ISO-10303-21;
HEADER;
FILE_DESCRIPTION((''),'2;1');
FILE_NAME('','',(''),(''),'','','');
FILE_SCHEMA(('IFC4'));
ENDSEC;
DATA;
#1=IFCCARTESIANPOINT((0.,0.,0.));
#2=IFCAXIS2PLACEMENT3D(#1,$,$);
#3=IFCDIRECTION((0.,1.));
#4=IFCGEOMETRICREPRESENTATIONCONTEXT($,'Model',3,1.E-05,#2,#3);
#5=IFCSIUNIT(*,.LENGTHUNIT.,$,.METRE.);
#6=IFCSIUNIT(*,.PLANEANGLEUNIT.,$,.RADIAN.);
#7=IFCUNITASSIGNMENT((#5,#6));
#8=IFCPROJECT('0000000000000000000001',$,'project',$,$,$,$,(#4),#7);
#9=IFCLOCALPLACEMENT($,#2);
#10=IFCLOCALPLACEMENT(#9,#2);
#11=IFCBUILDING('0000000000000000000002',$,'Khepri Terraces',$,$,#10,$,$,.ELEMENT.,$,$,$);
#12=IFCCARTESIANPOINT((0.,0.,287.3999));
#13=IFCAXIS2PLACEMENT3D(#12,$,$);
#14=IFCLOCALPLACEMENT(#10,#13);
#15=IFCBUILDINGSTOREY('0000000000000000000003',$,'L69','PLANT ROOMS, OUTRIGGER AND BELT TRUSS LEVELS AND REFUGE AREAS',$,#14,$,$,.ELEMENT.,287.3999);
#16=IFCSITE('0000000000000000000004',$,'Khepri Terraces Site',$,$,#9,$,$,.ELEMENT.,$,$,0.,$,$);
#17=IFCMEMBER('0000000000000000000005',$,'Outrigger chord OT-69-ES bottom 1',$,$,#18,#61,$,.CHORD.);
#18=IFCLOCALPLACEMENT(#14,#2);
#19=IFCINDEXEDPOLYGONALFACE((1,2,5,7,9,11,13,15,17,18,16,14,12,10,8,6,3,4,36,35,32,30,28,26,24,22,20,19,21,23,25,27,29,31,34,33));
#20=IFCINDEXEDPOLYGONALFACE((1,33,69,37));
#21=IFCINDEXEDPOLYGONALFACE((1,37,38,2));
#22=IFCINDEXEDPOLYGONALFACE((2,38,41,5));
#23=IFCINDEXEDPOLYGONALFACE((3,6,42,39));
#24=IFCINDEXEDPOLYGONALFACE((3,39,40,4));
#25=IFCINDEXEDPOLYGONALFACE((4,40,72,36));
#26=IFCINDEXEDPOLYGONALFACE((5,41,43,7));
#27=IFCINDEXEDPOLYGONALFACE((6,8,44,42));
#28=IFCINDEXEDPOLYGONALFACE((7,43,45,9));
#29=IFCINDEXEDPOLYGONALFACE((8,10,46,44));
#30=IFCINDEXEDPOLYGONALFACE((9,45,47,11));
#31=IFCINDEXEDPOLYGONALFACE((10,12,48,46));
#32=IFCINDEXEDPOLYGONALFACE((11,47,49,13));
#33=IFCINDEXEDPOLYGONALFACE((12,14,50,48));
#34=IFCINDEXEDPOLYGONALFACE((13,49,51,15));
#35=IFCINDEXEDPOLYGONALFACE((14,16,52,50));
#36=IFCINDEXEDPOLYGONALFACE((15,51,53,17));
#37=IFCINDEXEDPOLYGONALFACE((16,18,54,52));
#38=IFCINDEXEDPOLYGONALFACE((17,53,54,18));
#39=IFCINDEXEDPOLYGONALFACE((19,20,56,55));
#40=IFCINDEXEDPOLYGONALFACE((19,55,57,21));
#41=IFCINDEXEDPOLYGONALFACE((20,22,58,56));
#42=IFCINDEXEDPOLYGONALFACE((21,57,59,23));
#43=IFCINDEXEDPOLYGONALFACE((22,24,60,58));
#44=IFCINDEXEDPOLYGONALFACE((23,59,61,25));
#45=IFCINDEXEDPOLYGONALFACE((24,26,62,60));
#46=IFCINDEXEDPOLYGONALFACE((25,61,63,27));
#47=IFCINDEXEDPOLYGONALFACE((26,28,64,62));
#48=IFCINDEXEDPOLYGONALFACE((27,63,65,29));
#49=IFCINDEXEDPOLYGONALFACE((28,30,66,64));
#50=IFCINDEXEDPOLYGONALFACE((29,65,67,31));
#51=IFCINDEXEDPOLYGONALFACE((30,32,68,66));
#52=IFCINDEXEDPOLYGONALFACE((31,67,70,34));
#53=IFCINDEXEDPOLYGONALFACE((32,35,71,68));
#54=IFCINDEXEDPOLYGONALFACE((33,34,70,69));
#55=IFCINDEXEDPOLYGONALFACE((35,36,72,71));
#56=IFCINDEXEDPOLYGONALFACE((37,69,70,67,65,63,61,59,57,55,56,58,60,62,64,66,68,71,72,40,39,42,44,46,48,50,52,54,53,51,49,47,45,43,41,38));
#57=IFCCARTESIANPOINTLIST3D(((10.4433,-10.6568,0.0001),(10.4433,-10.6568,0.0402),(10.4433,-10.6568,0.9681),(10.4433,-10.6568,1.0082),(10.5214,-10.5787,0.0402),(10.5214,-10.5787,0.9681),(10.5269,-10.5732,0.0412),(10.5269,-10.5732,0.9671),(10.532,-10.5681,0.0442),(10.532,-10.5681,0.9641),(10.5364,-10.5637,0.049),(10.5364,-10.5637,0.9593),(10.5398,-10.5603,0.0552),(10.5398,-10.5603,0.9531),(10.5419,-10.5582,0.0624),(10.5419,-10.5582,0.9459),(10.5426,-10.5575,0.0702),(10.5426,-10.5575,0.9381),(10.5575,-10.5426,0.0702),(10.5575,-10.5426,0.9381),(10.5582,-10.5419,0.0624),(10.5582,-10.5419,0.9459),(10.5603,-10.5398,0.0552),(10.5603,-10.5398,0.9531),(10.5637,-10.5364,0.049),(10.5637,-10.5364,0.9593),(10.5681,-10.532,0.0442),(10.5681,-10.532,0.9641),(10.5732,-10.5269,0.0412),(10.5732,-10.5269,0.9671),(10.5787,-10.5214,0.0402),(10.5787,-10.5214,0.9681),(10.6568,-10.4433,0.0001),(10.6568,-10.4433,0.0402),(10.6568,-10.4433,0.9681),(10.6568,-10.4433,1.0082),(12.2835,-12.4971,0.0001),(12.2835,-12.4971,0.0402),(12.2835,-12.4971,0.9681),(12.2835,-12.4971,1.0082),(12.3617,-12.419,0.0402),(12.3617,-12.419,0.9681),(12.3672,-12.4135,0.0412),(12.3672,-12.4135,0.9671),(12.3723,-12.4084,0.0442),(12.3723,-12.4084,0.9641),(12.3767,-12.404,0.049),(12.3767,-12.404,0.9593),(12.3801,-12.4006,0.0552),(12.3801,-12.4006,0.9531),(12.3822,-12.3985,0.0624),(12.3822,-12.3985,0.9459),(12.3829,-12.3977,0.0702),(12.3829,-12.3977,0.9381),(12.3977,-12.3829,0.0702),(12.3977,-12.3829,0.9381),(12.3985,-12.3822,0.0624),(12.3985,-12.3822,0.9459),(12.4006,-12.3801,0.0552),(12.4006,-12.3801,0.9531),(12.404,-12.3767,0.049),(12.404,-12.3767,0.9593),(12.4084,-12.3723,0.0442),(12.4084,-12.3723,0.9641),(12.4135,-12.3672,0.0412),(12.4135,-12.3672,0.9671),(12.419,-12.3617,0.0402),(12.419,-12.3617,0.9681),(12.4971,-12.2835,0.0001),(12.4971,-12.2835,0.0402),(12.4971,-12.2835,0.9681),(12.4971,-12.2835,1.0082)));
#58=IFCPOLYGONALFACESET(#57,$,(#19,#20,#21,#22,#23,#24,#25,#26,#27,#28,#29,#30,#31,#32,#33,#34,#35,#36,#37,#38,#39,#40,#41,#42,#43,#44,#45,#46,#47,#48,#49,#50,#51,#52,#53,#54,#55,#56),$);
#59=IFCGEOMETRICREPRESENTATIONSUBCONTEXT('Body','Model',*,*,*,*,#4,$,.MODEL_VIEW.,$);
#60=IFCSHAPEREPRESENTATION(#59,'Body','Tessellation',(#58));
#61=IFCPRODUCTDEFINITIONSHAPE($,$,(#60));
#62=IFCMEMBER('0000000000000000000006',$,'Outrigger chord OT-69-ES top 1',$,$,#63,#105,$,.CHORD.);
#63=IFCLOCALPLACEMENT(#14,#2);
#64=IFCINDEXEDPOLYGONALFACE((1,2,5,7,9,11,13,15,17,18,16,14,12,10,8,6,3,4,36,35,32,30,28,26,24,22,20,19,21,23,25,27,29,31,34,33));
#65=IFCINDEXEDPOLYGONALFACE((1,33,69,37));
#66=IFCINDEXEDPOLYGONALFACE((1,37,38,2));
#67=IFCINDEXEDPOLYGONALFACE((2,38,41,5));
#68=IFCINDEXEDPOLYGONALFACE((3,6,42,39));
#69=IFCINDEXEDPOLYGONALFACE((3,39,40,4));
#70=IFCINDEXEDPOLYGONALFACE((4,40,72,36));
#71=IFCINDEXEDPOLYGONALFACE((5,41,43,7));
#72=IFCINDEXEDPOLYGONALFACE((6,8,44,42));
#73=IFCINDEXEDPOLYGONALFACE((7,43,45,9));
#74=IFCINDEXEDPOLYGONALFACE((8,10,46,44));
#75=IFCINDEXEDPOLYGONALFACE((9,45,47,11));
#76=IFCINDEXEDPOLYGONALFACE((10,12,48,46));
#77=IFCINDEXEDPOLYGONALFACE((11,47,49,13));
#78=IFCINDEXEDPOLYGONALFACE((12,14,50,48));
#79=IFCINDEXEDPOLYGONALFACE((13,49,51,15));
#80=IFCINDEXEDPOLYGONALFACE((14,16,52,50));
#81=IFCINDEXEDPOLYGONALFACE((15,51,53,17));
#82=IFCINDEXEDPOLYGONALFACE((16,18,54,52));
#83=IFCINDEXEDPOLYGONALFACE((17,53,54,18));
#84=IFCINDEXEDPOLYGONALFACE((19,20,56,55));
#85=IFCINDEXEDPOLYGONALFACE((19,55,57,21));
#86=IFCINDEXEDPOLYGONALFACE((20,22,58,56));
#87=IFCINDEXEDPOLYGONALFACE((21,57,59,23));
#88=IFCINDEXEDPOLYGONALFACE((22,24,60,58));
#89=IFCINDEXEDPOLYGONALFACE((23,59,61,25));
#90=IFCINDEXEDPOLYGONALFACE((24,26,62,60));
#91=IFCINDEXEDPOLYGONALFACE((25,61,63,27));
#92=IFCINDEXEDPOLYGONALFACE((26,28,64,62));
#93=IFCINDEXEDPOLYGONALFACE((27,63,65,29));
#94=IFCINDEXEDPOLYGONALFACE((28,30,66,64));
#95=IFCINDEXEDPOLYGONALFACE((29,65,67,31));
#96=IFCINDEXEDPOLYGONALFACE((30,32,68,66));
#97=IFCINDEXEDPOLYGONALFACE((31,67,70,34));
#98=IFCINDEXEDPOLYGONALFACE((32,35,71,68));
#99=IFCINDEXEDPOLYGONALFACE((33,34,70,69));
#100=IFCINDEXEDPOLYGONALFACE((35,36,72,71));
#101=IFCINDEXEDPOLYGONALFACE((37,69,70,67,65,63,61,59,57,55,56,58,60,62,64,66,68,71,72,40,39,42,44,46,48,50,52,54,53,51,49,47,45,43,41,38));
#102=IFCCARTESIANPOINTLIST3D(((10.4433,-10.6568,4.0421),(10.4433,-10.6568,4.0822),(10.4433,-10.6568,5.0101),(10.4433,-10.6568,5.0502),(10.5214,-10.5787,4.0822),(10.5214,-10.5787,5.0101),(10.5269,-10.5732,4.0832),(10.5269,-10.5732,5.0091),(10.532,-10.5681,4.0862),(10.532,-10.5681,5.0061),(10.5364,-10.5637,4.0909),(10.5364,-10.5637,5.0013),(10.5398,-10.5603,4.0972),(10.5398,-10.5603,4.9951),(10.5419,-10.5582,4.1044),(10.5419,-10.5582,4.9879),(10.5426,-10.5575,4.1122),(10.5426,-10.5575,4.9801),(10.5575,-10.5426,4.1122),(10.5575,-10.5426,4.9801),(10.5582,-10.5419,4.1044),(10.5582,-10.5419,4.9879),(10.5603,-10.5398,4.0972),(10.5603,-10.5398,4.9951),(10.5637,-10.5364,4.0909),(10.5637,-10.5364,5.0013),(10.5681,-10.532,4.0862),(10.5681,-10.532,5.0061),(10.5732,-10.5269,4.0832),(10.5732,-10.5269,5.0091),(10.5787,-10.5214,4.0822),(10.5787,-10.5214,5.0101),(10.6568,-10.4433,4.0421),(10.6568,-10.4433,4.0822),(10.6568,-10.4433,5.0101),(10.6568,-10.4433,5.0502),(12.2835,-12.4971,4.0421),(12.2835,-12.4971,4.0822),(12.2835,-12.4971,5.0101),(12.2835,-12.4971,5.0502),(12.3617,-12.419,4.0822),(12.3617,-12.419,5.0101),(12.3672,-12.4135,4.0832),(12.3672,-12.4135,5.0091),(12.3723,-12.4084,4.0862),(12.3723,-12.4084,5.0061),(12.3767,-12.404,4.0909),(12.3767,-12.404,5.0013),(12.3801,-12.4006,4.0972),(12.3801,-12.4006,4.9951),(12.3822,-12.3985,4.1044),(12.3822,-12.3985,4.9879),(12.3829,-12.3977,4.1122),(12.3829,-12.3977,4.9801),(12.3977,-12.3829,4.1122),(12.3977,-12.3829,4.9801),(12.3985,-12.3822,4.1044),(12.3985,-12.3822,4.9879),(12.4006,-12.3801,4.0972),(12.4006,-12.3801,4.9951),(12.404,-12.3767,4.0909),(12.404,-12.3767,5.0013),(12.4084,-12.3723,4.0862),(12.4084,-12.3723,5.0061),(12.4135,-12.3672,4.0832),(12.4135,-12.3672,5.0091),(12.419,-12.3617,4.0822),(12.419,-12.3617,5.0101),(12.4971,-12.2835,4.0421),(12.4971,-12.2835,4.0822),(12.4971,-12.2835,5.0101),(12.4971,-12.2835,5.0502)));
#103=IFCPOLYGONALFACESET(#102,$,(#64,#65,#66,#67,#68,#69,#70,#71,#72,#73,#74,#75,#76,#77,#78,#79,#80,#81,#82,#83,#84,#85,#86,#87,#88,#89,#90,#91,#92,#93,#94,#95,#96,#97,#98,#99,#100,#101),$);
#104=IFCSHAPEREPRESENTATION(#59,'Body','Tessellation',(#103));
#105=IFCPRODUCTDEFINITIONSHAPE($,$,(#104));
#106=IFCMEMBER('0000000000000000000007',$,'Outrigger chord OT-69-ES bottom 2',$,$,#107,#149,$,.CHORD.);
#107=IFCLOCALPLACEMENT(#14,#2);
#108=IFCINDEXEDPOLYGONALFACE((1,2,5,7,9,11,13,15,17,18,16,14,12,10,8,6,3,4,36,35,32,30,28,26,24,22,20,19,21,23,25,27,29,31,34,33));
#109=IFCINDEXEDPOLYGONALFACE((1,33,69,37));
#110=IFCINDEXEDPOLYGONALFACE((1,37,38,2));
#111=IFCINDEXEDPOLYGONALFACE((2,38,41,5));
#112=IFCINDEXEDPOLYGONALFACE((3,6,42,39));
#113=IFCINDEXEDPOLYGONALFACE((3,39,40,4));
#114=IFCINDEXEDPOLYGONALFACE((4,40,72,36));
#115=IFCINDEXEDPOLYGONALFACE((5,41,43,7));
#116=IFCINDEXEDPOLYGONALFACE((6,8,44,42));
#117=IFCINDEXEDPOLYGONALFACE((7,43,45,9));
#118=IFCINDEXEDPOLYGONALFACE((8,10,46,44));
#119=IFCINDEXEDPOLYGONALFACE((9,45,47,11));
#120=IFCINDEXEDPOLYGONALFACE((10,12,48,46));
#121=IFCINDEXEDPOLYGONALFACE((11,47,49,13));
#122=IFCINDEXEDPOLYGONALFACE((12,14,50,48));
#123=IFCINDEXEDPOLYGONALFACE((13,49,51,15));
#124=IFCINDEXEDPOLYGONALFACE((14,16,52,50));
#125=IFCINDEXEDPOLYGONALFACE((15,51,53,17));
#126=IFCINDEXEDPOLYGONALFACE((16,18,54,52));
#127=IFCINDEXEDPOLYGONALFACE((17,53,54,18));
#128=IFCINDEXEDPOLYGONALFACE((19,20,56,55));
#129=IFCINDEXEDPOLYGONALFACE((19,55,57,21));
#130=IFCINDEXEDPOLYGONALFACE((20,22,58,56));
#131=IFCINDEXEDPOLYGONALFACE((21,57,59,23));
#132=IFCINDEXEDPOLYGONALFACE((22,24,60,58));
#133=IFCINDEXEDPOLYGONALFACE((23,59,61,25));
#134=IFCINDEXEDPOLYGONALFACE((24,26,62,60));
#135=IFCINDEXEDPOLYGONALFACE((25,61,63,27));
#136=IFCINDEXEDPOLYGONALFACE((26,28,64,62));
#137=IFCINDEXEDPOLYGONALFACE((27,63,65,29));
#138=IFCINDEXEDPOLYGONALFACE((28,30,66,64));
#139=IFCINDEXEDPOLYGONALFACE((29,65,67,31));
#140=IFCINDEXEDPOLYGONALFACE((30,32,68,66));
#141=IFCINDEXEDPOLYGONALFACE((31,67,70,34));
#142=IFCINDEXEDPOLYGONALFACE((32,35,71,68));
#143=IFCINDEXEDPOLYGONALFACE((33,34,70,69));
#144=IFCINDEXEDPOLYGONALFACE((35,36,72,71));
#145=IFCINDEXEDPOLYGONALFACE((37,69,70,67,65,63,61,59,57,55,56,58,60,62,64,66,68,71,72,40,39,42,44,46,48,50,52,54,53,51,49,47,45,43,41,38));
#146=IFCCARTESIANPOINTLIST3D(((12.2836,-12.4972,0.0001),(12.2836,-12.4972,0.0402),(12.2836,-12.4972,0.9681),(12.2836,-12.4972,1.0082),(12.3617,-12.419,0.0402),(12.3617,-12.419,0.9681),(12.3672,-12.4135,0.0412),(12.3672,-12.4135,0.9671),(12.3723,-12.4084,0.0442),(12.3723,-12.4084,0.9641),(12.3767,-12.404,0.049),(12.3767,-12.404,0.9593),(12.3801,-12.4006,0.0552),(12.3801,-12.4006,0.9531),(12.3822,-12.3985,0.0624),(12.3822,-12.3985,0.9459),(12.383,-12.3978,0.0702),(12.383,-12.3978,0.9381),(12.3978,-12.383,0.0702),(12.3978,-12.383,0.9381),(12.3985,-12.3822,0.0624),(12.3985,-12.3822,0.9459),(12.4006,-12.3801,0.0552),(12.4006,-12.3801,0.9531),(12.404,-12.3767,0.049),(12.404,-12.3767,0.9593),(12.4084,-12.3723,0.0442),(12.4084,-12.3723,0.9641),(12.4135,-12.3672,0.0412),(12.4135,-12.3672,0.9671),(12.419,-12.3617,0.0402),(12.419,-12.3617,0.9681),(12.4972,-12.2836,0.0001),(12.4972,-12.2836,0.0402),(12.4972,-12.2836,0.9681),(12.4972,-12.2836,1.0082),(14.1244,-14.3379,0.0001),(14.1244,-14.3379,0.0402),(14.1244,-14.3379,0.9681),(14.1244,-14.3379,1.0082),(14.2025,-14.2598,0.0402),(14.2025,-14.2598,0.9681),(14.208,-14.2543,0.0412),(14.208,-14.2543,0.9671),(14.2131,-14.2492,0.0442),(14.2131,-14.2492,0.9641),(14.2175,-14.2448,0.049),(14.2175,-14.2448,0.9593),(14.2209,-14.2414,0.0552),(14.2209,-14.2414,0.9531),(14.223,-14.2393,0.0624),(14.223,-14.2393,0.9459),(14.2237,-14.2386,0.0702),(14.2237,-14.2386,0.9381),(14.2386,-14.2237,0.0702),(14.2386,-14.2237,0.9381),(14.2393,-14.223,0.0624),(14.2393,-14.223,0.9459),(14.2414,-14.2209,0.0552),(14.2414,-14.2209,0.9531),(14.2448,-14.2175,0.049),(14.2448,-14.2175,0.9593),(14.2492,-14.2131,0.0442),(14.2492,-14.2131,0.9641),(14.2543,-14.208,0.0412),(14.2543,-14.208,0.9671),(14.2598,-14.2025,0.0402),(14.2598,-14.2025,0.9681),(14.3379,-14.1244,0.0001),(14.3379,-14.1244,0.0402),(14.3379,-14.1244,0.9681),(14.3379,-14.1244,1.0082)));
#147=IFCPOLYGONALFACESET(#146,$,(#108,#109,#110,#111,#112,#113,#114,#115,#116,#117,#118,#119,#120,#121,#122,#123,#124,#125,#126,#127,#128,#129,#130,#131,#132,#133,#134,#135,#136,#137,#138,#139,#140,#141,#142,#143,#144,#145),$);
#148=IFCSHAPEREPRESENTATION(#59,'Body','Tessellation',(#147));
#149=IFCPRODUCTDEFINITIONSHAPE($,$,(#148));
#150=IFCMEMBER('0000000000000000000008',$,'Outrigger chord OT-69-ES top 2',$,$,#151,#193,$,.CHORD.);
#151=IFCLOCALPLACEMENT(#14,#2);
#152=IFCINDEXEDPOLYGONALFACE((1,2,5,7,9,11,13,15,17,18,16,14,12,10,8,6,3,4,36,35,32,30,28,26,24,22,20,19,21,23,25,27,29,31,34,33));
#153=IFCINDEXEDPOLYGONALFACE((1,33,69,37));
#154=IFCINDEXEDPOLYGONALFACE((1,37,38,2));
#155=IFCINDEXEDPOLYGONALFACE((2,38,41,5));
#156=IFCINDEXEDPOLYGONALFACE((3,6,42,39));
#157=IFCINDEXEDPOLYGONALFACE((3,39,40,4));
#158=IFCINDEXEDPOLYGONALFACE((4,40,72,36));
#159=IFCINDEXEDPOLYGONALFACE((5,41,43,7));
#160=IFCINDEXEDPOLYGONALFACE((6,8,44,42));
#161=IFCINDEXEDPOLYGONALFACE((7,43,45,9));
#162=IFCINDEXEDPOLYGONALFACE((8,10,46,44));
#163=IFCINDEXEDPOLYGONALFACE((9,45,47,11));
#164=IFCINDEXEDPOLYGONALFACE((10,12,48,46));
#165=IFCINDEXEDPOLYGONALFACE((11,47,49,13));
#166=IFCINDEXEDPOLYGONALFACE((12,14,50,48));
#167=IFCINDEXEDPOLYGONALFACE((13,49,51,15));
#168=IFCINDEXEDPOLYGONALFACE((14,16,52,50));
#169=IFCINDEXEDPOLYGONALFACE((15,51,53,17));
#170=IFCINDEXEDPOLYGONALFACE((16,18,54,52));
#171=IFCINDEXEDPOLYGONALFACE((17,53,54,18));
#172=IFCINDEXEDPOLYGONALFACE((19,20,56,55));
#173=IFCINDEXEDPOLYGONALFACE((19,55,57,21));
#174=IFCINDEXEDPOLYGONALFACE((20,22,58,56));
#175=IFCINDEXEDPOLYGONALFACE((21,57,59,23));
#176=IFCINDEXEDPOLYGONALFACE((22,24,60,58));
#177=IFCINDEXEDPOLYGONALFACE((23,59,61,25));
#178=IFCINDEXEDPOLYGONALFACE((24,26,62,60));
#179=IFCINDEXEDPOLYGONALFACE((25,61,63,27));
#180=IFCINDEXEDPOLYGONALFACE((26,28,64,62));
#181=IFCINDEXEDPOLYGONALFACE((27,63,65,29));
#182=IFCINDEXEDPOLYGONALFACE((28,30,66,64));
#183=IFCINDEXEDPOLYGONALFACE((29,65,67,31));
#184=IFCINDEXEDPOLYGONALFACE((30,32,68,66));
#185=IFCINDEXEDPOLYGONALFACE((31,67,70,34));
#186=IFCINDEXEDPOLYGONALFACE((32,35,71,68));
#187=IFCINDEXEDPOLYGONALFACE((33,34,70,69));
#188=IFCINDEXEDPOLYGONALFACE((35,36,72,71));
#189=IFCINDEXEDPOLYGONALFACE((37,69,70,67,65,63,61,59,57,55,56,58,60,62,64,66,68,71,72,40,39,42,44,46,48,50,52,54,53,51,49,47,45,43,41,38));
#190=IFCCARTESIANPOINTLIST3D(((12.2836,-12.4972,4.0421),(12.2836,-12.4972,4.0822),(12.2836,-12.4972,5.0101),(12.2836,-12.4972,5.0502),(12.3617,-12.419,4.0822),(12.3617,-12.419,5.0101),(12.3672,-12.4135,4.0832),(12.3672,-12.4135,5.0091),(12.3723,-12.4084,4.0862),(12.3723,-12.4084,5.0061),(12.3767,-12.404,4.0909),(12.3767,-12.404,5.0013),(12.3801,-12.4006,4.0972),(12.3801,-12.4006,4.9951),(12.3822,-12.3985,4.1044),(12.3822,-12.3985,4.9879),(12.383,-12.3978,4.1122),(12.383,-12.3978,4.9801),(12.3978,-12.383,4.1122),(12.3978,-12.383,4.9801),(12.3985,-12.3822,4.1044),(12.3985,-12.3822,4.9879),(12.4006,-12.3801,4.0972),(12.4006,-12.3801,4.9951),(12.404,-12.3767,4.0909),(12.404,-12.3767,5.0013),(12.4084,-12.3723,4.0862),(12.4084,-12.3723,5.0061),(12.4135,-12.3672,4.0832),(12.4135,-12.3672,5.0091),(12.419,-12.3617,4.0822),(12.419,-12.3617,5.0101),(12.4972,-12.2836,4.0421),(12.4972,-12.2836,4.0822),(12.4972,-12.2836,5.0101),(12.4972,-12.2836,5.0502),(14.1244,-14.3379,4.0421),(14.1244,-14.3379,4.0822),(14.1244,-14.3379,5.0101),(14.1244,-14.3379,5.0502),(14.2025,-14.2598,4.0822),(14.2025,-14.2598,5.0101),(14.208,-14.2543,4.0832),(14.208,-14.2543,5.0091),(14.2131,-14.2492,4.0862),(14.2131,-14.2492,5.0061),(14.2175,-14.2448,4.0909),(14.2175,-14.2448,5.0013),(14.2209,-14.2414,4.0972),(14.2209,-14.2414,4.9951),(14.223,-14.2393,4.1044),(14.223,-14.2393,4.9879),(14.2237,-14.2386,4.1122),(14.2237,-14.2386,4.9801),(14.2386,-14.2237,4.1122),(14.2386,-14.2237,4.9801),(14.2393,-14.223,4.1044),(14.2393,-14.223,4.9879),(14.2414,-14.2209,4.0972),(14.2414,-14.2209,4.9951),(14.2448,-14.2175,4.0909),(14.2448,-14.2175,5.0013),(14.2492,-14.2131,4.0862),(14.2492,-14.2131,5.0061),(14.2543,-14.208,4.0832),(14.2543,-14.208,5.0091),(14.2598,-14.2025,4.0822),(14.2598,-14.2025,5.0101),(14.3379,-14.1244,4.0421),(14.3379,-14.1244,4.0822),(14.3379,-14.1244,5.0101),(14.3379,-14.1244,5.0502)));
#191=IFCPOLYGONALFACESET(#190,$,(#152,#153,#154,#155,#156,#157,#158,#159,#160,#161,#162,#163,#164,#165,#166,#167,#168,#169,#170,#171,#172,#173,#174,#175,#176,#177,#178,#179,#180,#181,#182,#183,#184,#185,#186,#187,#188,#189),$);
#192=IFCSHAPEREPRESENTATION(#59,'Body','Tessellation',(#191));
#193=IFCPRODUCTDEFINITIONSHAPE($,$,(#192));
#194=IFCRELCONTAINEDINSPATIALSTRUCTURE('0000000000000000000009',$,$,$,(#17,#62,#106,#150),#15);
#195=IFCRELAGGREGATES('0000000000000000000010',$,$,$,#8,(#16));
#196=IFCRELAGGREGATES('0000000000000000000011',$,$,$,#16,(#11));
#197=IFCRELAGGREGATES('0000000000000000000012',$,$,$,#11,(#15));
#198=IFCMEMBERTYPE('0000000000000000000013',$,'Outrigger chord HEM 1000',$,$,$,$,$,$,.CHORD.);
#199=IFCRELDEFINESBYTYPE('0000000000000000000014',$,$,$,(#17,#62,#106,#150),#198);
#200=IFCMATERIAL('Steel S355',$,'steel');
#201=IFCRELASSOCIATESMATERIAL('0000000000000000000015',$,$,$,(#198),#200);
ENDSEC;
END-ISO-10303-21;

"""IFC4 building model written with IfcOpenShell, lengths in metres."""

from ifc_helpers import new_model, si_unit, direction, frame, origin, origin_2d, place, context, subcontext, project, spatial, i_section, extrude, material, material_profile, profile_set, type_object, element, save


model = new_model("IFC4")

# Units and contexts
model_context = context("Model", 3, precision=1e-05, world=origin(), true_north=direction((0.0, 1.0)))
body_context = subcontext(model_context, "Body", "Model", "MODEL_VIEW")
ifc_project = project(units=[si_unit("LENGTHUNIT", "METRE"), si_unit("PLANEANGLEUNIT", "RADIAN")], contexts=[model_context])

# Site, building, storey
site_placement = place(None, origin())
site = spatial("IfcSite", under=ifc_project, at=site_placement, Name="Khepri Terraces Site", CompositionType="ELEMENT", RefElevation=0.0)
building_placement = place(site_placement, origin())
building = spatial("IfcBuilding", under=site, at=building_placement, Name="Khepri Terraces", CompositionType="ELEMENT")
storey_placement = place(building_placement, frame((0.0, 0.0, 287.3999)))
storey = spatial("IfcBuildingStorey", under=building, at=storey_placement, Name="L69", Description="PLANT ROOMS, OUTRIGGER AND BELT TRUSS LEVELS AND REFUGE AREAS", CompositionType="ELEMENT", Elevation=287.3999)

# Members
ifc_material_1 = material(Name="Steel S355", Category="steel")
ifc_material_profile_1 = material_profile(ifc_material_1, i_section(OverallWidth=0.302, OverallDepth=1.0081, WebThickness=0.021, FlangeThickness=0.04, FilletRadius=0.03, at=origin_2d()), Name="Steel S355", Category="steel")
ifc_profile_set_1 = profile_set([ifc_material_profile_1], Name="Steel S355")
member_type_1 = type_object("IfcMemberType", Name="Outrigger chord HEM 1000", PredefinedType="CHORD", material=ifc_profile_set_1)
for number, where, z_axis, x_axis, name in (
    (1, (10.55, -10.55, 0.5042), (0.707107, -0.707107, 0.0), (0.707107, 0.707107, 0.0), "Outrigger chord OT-69-ES bottom 1"),
    (2, (10.55, -10.55, 4.5461), (0.707107, -0.707107, 0.0), (0.707107, 0.707107, 0.0), "Outrigger chord OT-69-ES top 1"),
):
    element("IfcMember", number, at=place(storey_placement, frame(where, z_axis=z_axis, x_axis=x_axis)), inside=storey, type_object=member_type_1, Name=name, PredefinedType="CHORD", context=body_context, shape_type="SweptSolid", body=[
        extrude(i_section(OverallWidth=0.302, OverallDepth=1.0081, WebThickness=0.021, FlangeThickness=0.04, FilletRadius=0.03, at=origin_2d()), origin(), (0.0, 0.0, 1.0), 2.6025),
    ])
for number, where, z_axis, x_axis, name in (
    (3, (12.3904, -12.3904, 0.5042), (0.707107, -0.707107, 0.0), (0.707107, 0.707107, 0.0), "Outrigger chord OT-69-ES bottom 2"),
    (4, (12.3904, -12.3904, 4.5461), (0.707107, -0.707107, 0.0), (0.707107, 0.707107, 0.0), "Outrigger chord OT-69-ES top 2"),
):
    element("IfcMember", number, at=place(storey_placement, frame(where, z_axis=z_axis, x_axis=x_axis)), inside=storey, type_object=member_type_1, Name=name, PredefinedType="CHORD", context=body_context, shape_type="SweptSolid", body=[
        extrude(i_section(OverallWidth=0.302, OverallDepth=1.0081, WebThickness=0.021, FlangeThickness=0.04, FilletRadius=0.03, at=origin_2d()), origin(), (0.0, 0.0, 1.0), 2.6033),
    ])

save(model, "model.ifc")
